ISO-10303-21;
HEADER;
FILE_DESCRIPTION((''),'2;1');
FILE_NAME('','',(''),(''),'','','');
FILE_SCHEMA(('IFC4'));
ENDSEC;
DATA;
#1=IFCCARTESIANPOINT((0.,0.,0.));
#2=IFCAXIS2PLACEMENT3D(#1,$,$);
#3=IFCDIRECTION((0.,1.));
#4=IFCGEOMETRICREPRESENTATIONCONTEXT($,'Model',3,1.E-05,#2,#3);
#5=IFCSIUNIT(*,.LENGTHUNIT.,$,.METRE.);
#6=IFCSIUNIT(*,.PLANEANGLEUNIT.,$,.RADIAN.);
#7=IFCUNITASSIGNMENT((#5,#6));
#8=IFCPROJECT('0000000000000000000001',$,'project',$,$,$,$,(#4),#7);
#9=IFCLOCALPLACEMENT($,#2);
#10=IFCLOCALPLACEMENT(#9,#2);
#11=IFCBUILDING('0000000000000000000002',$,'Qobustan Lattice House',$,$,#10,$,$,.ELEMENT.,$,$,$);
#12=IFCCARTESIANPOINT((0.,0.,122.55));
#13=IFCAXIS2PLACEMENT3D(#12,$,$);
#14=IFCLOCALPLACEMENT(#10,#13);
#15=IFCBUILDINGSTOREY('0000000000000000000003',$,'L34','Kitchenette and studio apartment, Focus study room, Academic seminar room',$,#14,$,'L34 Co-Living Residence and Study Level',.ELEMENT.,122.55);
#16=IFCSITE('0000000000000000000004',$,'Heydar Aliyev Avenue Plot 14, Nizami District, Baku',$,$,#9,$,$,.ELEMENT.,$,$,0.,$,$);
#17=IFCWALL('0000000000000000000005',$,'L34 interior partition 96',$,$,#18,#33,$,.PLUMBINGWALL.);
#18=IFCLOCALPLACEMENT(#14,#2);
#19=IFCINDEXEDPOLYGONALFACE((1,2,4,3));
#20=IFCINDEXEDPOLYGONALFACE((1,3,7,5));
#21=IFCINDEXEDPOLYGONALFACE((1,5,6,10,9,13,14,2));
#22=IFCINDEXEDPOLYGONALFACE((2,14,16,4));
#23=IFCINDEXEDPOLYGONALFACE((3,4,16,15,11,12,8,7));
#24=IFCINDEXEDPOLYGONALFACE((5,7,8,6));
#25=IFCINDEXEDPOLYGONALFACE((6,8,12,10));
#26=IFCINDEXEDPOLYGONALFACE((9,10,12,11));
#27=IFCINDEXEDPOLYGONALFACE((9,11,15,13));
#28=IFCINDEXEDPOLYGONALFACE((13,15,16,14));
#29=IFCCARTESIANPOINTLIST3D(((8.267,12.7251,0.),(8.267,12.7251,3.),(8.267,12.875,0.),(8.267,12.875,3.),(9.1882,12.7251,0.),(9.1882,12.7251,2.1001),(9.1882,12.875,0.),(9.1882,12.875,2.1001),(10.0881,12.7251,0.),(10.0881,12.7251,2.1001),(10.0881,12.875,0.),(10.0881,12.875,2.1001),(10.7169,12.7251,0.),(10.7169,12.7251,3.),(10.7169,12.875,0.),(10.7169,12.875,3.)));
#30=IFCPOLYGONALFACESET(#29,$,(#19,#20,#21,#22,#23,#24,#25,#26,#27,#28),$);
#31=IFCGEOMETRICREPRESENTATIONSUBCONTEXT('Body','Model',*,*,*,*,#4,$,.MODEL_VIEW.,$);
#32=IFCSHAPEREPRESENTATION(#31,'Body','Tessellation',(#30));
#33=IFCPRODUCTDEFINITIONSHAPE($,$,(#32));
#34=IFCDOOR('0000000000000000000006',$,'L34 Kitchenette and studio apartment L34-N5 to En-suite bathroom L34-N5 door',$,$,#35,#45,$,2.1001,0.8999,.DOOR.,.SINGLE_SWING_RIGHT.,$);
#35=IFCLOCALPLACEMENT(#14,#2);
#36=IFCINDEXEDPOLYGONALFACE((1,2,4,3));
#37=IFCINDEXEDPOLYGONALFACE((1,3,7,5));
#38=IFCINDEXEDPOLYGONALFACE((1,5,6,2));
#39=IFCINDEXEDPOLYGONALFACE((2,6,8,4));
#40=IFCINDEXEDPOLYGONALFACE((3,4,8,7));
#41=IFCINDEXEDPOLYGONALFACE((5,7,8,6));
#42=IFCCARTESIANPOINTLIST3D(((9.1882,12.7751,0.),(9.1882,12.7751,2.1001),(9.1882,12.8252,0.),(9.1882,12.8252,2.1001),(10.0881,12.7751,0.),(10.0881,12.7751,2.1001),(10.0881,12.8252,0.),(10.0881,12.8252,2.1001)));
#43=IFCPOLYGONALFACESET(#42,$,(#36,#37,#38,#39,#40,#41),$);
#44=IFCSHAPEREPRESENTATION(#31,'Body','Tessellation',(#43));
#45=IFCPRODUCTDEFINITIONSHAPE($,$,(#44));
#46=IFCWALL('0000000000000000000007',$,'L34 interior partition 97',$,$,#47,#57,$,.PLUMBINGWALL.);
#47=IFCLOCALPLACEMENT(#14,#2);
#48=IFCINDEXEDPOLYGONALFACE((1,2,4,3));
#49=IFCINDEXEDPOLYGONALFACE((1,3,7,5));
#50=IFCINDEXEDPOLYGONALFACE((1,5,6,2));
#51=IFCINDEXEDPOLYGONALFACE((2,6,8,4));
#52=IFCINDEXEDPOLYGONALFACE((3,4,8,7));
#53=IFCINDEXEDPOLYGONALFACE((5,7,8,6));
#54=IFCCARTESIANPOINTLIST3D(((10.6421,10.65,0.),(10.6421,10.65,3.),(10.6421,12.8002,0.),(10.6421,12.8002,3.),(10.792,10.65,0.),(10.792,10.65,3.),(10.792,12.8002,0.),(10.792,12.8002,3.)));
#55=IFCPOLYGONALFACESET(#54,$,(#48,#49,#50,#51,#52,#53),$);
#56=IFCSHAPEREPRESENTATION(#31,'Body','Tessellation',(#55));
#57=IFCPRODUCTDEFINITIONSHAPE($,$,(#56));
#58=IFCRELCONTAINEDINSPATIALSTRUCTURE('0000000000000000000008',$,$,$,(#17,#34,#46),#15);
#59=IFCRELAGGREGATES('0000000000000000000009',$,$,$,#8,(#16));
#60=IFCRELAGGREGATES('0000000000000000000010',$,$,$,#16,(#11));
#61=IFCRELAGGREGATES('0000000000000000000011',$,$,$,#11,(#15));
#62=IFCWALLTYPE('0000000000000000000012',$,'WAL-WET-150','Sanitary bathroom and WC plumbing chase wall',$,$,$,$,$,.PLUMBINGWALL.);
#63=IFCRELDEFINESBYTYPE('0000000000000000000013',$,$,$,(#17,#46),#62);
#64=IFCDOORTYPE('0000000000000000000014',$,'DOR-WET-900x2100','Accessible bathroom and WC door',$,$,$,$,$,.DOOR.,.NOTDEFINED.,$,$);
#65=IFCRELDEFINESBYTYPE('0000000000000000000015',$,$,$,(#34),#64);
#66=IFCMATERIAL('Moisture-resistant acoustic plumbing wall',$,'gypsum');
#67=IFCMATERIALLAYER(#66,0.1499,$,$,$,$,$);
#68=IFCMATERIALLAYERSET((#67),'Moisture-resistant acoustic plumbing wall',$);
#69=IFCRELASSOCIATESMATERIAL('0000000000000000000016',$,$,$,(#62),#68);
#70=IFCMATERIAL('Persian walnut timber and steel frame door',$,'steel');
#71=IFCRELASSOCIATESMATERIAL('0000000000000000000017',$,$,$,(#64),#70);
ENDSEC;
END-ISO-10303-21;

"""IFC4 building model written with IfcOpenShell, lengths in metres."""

from ifc_helpers import new_model, si_unit, direction, frame, frame_2d, origin, place, context, subcontext, project, spatial, rectangle, extrude, material, layer, layer_set, type_object, element, fill, save


model = new_model("IFC4")

# Units and contexts
model_context = context("Model", 3, precision=1e-05, world=origin(), true_north=direction((0.0, 1.0)))
body_context = subcontext(model_context, "Body", "Model", "MODEL_VIEW")
ifc_project = project(units=[si_unit("LENGTHUNIT", "METRE"), si_unit("PLANEANGLEUNIT", "RADIAN")], contexts=[model_context])

# Site, building, storey
site_placement = place(None, origin())
site = spatial("IfcSite", under=ifc_project, at=site_placement, Name="Heydar Aliyev Avenue Plot 14, Nizami District, Baku", CompositionType="ELEMENT", RefElevation=0.0)
building_placement = place(site_placement, origin())
building = spatial("IfcBuilding", under=site, at=building_placement, Name="Qobustan Lattice House", CompositionType="ELEMENT")
storey_placement = place(building_placement, frame((0.0, 0.0, 122.55)))
storey = spatial("IfcBuildingStorey", under=building, at=storey_placement, Name="L34", Description="Kitchenette and studio apartment, Focus study room, Academic seminar room", LongName="L34 Co-Living Residence and Study Level", CompositionType="ELEMENT", Elevation=122.55)

# Shared definitions
ifc_material_1 = material(Name="Moisture-resistant acoustic plumbing wall", Category="gypsum")
ifc_layer_1 = layer(ifc_material_1, 0.1499)
ifc_layer_set_1 = layer_set([ifc_layer_1], Name="Moisture-resistant acoustic plumbing wall")
wall_type_1 = type_object("IfcWallType", Name="WAL-WET-150", Description="Sanitary bathroom and WC plumbing chase wall", PredefinedType="PLUMBINGWALL", material=ifc_layer_set_1)

# Shared definitions
ifc_material_2 = material(Name="Persian walnut timber and steel frame door", Category="steel")
door_type_1 = type_object("IfcDoorType", Name="DOR-WET-900x2100", Description="Accessible bathroom and WC door", OperationType="NOTDEFINED", PredefinedType="DOOR", material=ifc_material_2)

# Wall, opening, door
wall_1_placement = place(storey_placement, frame((10.717, 12.8, 0.0), z_axis=(0.0, 0.0, 1.0), x_axis=(-1.0, 0.0, 0.0)))
wall_1 = element("IfcWall", 1, at=wall_1_placement, inside=storey, type_object=wall_type_1, Name="L34 interior partition 96", PredefinedType="PLUMBINGWALL", context=body_context, shape_type="SweptSolid", body=[
    extrude(rectangle(XDim=2.45, YDim=0.1499, at=frame_2d((1.2251, 0.0))), origin(), (0.0, 0.0, 1.0), 3.0),
])
opening_1_placement = place(wall_1_placement, frame((0.6289, 0.0, 0.0)))
opening_1 = element("IfcOpeningElement", 2, at=opening_1_placement, cuts=wall_1, PredefinedType="OPENING", context=body_context, shape_type="SweptSolid", body=[
    extrude(rectangle(XDim=0.8999, YDim=2.1001, at=frame_2d((0.45, 1.05))), frame((0.0, 0.085, 0.0), z_axis=(0.0, -1.0, 0.0), x_axis=(1.0, 0.0, 0.0)), (0.0, 0.0, 1.0), 0.1699),
])
door_1_placement = place(opening_1_placement, origin())
door_1 = element("IfcDoor", 3, at=door_1_placement, inside=storey, type_object=door_type_1, Name="L34 Kitchenette and studio apartment L34-N5 to En-suite bathroom L34-N5 door", OperationType="SINGLE_SWING_RIGHT", OverallHeight=2.1001, OverallWidth=0.8999, PredefinedType="DOOR", context=body_context, shape_type="SweptSolid", body=[
    extrude(rectangle(XDim=0.8999, YDim=2.1001, at=frame_2d((0.45, 1.05))), frame((0.0, 0.0249, 0.0), z_axis=(0.0, -1.0, 0.0), x_axis=(1.0, 0.0, 0.0)), (0.0, 0.0, 1.0), 0.05),
])
fill(opening_1, door_1)

# Wall
wall_2_placement = place(storey_placement, frame((10.717, 10.6499, 0.0), z_axis=(0.0, 0.0, 1.0), x_axis=(0.0, 1.0, 0.0)))
element("IfcWall", 4, at=wall_2_placement, inside=storey, type_object=wall_type_1, Name="L34 interior partition 97", PredefinedType="PLUMBINGWALL", context=body_context, shape_type="SweptSolid", body=[
    extrude(rectangle(XDim=2.1501, YDim=0.1499, at=frame_2d((1.0752, 0.0))), origin(), (0.0, 0.0, 1.0), 3.0),
])

save(model, "model.ifc")
